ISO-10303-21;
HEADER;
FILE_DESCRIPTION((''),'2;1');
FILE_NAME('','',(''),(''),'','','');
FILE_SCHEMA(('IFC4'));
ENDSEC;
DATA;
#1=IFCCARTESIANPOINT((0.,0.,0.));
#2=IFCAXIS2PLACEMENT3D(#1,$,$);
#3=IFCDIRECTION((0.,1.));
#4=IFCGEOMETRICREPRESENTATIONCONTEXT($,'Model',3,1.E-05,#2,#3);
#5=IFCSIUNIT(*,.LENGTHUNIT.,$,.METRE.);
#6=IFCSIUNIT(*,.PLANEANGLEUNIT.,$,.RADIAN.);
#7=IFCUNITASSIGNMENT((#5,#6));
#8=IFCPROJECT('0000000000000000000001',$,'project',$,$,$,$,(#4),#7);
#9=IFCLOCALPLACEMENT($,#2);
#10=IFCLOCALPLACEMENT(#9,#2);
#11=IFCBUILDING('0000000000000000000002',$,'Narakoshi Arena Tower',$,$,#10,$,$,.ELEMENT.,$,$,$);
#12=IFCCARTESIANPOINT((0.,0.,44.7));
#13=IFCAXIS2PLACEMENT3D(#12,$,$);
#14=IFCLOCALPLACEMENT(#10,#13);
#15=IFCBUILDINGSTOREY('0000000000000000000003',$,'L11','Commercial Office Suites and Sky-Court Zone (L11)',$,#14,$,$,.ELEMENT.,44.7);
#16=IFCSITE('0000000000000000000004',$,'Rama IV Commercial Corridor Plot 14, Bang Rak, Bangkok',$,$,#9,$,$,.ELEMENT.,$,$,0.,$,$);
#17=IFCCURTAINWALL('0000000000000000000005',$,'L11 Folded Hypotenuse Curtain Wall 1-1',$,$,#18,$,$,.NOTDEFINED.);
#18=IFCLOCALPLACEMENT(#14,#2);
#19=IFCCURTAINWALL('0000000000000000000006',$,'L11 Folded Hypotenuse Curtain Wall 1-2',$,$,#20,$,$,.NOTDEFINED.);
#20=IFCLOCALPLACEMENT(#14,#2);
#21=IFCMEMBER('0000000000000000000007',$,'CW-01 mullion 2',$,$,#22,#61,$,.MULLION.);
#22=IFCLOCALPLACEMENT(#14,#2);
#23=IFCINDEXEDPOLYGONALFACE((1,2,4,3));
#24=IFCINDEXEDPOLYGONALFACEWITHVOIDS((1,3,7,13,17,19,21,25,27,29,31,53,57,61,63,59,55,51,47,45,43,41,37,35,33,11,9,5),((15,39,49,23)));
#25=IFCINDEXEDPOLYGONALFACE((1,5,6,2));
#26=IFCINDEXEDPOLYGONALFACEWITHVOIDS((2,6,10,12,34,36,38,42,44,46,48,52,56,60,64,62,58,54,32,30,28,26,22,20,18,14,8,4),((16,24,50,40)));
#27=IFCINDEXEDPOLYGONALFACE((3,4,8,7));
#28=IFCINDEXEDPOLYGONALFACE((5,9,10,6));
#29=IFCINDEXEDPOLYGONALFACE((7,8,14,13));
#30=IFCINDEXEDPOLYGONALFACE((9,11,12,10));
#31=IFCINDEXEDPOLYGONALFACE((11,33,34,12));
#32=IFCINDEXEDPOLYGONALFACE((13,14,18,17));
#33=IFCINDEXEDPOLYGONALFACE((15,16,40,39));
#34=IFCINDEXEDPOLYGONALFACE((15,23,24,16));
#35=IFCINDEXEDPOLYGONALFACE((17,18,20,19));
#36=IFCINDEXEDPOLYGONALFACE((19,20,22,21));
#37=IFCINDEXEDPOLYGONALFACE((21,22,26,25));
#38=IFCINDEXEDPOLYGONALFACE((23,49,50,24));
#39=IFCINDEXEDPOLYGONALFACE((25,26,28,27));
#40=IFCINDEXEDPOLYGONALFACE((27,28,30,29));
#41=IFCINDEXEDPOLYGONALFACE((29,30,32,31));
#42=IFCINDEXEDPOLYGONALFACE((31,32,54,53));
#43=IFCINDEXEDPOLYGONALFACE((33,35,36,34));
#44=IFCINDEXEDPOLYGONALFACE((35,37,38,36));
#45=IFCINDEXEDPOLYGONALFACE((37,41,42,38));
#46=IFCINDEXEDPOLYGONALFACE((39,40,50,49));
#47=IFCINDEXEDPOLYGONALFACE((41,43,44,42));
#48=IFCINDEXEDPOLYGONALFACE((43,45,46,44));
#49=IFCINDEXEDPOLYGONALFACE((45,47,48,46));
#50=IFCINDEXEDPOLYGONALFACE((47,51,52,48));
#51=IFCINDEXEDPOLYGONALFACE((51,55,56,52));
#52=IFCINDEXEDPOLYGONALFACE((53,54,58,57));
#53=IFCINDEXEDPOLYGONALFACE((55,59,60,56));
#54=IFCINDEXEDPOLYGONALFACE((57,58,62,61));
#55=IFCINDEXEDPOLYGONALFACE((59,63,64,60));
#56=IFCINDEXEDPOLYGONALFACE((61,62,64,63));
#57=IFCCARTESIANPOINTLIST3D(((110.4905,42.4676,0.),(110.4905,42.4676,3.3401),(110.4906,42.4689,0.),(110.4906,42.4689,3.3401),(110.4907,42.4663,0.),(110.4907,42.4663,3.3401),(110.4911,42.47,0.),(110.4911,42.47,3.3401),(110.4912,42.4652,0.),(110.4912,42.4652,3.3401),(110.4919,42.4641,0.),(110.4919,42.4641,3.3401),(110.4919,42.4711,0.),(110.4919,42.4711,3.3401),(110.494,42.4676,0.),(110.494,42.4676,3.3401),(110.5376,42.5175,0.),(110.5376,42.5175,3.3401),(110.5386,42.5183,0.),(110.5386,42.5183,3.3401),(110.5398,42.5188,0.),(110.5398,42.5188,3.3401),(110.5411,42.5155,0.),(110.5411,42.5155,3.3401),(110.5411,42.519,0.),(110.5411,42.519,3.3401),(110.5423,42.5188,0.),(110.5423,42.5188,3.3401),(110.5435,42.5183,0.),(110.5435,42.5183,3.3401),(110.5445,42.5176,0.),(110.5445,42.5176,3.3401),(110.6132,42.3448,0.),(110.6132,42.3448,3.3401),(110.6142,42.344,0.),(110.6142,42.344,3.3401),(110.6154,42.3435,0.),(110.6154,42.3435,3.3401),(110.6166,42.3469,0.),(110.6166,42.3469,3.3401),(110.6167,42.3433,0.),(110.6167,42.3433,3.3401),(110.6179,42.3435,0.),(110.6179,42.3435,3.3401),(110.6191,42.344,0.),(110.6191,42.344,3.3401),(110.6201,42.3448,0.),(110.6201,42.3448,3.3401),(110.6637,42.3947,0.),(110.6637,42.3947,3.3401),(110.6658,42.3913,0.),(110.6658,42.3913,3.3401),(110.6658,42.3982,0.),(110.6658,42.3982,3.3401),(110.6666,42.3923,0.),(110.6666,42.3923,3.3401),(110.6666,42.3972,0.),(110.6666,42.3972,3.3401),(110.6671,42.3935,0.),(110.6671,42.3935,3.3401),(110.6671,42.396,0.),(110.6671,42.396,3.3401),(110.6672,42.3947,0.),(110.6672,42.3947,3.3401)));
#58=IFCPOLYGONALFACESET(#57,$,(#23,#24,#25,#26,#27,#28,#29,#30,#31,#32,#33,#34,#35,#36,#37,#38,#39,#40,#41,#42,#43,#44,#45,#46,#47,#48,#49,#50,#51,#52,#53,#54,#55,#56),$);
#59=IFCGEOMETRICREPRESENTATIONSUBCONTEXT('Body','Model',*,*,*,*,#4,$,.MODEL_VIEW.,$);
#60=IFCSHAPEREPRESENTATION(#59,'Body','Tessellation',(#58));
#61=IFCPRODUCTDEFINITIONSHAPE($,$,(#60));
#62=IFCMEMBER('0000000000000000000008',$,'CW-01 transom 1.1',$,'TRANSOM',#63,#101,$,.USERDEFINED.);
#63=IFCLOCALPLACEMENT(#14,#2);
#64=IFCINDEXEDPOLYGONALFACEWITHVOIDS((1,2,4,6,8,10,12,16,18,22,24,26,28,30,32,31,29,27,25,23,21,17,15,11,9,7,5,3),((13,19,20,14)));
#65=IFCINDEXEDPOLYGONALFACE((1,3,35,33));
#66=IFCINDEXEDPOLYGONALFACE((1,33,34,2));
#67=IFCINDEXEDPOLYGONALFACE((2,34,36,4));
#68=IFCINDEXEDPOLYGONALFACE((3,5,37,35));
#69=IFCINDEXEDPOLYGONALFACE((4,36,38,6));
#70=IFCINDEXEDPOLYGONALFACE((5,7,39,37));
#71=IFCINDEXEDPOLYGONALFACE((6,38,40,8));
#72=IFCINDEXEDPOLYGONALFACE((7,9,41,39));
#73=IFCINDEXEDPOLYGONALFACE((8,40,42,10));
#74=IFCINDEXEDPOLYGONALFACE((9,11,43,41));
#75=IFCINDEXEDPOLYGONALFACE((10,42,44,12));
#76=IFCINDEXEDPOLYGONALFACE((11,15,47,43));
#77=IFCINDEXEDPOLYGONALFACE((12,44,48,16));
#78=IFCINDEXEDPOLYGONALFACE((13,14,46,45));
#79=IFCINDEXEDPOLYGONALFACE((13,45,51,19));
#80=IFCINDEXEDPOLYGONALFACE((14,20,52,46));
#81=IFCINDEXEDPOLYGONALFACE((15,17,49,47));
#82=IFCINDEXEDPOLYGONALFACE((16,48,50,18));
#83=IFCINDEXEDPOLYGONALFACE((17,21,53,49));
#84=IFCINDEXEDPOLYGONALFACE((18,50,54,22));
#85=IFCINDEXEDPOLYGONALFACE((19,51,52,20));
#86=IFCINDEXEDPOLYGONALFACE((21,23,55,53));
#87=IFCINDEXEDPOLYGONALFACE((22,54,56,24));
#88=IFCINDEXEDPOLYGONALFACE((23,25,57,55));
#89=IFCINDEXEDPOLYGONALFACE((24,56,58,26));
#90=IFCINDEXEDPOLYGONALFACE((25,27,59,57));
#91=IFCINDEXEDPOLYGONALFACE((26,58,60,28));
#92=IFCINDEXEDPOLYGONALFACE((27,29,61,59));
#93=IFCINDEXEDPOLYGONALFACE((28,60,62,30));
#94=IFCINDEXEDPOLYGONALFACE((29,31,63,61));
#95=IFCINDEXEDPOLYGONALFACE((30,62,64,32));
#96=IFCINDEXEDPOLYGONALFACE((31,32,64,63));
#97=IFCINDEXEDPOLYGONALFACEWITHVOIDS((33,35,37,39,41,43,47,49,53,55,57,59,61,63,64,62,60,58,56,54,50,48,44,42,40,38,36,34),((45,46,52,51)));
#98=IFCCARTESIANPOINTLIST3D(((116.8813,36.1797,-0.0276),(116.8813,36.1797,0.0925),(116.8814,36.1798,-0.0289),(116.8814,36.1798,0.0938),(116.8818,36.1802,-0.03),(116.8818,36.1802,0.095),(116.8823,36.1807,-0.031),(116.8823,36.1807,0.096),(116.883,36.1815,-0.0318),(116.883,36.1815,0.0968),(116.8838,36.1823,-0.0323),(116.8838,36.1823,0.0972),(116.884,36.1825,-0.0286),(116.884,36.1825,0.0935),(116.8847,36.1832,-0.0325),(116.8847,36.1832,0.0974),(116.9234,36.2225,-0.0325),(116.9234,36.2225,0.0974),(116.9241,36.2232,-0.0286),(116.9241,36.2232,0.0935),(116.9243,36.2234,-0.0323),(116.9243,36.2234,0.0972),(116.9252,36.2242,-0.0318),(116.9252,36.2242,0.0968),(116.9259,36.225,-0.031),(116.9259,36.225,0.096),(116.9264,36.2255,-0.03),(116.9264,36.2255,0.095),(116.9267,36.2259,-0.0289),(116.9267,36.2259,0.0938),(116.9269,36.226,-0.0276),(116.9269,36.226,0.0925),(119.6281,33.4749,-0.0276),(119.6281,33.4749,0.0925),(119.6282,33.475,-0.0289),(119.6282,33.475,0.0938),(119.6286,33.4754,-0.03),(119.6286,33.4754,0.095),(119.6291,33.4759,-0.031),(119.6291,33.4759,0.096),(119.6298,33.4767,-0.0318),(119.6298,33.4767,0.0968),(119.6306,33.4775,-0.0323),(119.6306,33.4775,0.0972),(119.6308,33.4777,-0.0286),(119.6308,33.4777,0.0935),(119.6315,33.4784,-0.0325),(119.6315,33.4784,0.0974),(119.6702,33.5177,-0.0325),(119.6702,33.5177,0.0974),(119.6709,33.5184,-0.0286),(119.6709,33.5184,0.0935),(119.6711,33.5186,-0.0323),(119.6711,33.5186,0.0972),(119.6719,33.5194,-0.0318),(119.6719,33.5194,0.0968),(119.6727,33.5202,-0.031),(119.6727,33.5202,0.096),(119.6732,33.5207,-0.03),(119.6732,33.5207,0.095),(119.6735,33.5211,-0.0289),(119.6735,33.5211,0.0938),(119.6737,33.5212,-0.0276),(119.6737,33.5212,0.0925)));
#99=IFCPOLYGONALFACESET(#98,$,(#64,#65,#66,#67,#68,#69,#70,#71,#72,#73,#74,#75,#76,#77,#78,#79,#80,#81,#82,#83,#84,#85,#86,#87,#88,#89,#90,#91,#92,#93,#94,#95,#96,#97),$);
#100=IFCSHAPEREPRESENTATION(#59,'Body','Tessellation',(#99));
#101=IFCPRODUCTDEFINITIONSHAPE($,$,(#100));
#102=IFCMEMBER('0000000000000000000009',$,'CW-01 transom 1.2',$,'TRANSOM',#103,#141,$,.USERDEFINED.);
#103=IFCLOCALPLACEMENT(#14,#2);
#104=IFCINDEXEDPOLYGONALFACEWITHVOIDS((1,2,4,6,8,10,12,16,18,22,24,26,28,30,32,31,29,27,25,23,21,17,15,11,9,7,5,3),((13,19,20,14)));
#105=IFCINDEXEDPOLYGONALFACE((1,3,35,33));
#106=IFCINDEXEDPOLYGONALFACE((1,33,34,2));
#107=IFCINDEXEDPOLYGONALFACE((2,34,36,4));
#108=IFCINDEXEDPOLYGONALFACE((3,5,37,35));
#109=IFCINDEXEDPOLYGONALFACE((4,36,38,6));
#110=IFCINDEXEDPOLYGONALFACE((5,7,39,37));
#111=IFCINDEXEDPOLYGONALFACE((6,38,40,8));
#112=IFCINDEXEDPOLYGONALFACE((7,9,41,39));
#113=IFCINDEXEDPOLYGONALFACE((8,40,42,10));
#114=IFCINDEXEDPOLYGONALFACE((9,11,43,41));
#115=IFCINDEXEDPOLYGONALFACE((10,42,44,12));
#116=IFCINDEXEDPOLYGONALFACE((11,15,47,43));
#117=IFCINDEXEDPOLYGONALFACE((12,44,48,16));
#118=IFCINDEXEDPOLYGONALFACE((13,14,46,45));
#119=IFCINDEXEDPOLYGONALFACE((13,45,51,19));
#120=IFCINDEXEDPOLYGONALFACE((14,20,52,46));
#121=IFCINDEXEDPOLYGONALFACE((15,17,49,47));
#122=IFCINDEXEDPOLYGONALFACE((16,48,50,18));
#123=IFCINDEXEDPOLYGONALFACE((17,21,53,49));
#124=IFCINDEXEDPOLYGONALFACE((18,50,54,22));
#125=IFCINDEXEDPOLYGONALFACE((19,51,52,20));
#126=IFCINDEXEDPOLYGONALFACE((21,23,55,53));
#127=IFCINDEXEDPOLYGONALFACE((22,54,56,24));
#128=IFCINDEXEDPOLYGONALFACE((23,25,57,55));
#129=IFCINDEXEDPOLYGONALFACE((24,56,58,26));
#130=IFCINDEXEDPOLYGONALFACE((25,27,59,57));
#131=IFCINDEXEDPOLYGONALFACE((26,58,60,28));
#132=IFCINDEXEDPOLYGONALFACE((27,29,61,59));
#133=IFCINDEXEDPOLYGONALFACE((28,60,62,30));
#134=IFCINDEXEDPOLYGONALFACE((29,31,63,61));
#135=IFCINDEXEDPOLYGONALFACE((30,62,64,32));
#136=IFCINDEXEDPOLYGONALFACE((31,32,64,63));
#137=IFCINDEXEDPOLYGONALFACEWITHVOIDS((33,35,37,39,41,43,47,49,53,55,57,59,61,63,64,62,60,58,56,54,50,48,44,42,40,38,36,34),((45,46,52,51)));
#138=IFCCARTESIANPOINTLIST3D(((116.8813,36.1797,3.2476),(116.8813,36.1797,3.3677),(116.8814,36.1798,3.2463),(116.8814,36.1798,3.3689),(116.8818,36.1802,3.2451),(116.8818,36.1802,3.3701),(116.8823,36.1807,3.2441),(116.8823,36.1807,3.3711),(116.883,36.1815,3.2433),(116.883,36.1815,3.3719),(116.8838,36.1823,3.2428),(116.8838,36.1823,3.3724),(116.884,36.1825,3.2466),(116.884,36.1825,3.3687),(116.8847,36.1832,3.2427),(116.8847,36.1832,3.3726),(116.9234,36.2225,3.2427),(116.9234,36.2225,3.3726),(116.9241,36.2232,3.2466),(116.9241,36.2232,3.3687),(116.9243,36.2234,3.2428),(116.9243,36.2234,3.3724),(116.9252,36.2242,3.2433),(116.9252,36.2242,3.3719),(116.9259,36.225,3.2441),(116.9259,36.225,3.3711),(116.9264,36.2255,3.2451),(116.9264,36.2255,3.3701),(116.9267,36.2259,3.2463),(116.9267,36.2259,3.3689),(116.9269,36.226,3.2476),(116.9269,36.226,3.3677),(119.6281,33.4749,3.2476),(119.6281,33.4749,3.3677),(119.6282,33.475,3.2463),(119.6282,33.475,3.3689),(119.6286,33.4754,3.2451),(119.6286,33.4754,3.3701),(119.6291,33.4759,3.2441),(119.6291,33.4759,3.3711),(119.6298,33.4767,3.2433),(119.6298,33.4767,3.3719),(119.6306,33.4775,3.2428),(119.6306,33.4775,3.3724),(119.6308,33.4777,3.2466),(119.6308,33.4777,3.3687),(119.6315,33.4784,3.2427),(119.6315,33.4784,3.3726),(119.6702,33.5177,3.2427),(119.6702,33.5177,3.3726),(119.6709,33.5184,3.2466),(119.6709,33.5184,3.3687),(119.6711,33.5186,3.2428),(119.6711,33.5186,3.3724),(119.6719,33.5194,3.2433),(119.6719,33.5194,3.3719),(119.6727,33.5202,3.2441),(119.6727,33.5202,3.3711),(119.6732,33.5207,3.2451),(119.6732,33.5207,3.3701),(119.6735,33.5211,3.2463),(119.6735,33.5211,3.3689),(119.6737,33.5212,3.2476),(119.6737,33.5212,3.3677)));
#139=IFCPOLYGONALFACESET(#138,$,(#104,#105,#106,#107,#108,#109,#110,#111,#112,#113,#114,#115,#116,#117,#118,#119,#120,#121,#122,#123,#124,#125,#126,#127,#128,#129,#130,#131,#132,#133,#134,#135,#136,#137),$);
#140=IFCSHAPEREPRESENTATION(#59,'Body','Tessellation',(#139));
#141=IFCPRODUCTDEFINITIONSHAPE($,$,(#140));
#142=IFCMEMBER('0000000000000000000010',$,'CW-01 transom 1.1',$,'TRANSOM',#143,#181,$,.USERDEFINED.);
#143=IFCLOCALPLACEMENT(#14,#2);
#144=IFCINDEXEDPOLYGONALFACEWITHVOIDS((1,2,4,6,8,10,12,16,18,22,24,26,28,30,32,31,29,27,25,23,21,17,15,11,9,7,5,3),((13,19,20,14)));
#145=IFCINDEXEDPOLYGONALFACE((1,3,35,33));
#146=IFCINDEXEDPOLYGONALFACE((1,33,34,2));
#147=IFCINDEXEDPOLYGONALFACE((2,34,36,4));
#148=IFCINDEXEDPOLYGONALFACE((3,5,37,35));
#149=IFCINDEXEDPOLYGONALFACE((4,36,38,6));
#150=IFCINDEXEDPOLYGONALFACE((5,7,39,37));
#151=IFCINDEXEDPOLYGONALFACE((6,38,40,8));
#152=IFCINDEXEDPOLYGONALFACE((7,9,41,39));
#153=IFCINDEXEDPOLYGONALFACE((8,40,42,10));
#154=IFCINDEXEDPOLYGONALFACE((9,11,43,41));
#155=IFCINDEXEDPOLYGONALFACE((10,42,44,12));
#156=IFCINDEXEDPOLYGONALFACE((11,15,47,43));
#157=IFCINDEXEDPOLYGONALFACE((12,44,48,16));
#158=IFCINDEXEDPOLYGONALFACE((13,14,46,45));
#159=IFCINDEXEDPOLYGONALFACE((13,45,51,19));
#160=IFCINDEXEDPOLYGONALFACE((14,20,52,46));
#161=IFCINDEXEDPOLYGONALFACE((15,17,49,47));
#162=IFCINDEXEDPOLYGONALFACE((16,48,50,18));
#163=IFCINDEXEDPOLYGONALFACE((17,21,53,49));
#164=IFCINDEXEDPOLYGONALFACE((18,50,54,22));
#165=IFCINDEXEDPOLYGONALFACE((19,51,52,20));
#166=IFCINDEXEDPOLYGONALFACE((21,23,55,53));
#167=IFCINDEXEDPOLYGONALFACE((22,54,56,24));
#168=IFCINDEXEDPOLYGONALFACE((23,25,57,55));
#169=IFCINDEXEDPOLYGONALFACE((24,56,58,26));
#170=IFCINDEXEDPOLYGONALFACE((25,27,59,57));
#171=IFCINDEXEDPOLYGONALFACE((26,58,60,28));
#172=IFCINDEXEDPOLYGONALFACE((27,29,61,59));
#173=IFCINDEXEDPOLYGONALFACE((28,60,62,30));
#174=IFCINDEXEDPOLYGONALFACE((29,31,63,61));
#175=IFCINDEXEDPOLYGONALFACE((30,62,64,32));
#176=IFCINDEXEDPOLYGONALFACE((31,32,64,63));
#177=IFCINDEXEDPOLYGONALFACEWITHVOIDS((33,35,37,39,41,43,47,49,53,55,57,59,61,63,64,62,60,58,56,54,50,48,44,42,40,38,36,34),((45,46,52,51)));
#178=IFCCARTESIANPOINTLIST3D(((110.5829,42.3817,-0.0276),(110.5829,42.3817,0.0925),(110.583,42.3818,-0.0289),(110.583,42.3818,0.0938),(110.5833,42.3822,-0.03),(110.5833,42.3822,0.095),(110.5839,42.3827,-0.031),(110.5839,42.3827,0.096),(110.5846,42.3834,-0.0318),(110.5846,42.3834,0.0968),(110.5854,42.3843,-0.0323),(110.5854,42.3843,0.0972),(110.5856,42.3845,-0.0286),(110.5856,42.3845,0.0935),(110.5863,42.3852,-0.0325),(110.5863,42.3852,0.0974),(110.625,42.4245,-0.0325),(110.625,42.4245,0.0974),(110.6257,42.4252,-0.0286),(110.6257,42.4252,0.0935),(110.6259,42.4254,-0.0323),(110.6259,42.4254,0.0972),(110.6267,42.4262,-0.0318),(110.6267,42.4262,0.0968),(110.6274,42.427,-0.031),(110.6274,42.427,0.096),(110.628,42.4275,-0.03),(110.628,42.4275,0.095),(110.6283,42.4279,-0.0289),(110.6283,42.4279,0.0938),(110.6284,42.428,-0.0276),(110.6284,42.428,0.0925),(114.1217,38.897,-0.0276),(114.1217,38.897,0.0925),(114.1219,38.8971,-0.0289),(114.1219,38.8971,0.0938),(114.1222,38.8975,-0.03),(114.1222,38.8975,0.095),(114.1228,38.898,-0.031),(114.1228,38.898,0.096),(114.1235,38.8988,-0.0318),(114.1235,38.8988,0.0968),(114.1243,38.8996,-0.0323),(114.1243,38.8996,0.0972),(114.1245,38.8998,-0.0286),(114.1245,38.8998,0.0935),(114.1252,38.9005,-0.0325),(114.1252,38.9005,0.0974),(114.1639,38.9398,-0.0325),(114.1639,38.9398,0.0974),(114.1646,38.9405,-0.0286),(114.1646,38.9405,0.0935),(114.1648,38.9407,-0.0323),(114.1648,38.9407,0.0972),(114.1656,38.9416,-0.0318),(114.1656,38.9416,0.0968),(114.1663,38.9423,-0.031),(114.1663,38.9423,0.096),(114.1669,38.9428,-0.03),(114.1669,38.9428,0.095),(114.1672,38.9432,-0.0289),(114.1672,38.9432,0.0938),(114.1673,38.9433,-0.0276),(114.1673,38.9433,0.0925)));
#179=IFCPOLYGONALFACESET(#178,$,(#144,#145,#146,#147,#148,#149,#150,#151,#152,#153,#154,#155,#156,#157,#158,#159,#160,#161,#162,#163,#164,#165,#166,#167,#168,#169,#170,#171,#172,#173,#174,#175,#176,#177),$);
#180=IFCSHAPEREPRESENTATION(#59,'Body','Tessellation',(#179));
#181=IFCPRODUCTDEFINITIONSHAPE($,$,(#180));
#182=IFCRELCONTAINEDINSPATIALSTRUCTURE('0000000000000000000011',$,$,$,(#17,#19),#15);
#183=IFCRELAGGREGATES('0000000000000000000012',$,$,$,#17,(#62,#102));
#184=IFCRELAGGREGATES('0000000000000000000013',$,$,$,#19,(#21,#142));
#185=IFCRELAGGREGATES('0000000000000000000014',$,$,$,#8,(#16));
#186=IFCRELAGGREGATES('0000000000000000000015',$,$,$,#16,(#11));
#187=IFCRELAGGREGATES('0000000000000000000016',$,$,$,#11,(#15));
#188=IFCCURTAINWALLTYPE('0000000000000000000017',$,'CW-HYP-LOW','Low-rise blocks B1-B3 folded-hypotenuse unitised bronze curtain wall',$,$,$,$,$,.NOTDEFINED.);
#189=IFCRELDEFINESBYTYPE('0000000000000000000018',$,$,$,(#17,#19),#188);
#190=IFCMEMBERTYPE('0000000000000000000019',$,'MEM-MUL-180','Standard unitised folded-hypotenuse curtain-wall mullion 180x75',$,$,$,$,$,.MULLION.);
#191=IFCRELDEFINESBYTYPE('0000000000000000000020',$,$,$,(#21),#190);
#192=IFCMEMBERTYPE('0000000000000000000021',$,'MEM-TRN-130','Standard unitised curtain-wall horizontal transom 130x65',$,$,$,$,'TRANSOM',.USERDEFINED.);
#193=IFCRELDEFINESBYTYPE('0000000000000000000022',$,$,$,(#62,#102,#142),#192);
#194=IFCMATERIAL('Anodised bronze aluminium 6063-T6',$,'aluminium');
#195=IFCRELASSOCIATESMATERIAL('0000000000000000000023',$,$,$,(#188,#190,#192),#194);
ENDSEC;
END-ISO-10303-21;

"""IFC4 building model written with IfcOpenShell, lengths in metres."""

from ifc_helpers import new_model, si_unit, direction, frame, origin, origin_2d, place, context, subcontext, project, spatial, hollow_rectangle, extrude, material, material_profile, profile_set, type_object, element, aggregate, save


model = new_model("IFC4")

# Units and contexts
model_context = context("Model", 3, precision=1e-05, world=origin(), true_north=direction((0.0, 1.0)))
body_context = subcontext(model_context, "Body", "Model", "MODEL_VIEW")
ifc_project = project(units=[si_unit("LENGTHUNIT", "METRE"), si_unit("PLANEANGLEUNIT", "RADIAN")], contexts=[model_context])

# Site, building, storey
site_placement = place(None, origin())
site = spatial("IfcSite", under=ifc_project, at=site_placement, Name="Rama IV Commercial Corridor Plot 14, Bang Rak, Bangkok", CompositionType="ELEMENT", RefElevation=0.0)
building_placement = place(site_placement, origin())
building = spatial("IfcBuilding", under=site, at=building_placement, Name="Narakoshi Arena Tower", CompositionType="ELEMENT")
storey_placement = place(building_placement, frame((0.0, 0.0, 44.7)))
storey = spatial("IfcBuildingStorey", under=building, at=storey_placement, Name="L11", Description="Commercial Office Suites and Sky-Court Zone (L11)", CompositionType="ELEMENT", Elevation=44.7)

# Curtain walls, member
ifc_material_1 = material(Name="Anodised bronze aluminium 6063-T6", Category="aluminium")
curtain_wall_type = type_object("IfcCurtainWallType", Name="CW-HYP-LOW", Description="Low-rise blocks B1-B3 folded-hypotenuse unitised bronze curtain wall", PredefinedType="NOTDEFINED", material=ifc_material_1)
curtain_wall_1_placement = place(storey_placement, origin())
curtain_wall_1 = element("IfcCurtainWall", 1, at=curtain_wall_1_placement, inside=storey, type_object=curtain_wall_type, Name="L11 Folded Hypotenuse Curtain Wall 1-1", PredefinedType="NOTDEFINED")
ifc_material_profile_1 = material_profile(ifc_material_1, hollow_rectangle(XDim=0.075, YDim=0.1799, WallThickness=0.0039, OuterFilletRadius=0.0049, at=origin_2d()), Name="MUL180x75x4")
ifc_profile_set_1 = profile_set([ifc_material_profile_1], Name="Anodised bronze aluminium 6063-T6")
member_type_1 = type_object("IfcMemberType", Name="MEM-MUL-180", Description="Standard unitised folded-hypotenuse curtain-wall mullion 180x75", PredefinedType="MULLION", material=ifc_profile_set_1)
curtain_wall_2_placement = place(storey_placement, origin())
curtain_wall_2 = element("IfcCurtainWall", 2, at=curtain_wall_2_placement, inside=storey, type_object=curtain_wall_type, Name="L11 Folded Hypotenuse Curtain Wall 1-2", PredefinedType="NOTDEFINED")
member_1_placement = place(storey_placement, frame((110.5789, 42.4312, 0.0), z_axis=(0.0, 0.0, 1.0), x_axis=(-0.701623, -0.712548, 0.0)))
member_1 = element("IfcMember", 3, at=member_1_placement, type_object=member_type_1, Name="CW-01 mullion 2", PredefinedType="MULLION", context=body_context, shape_type="SweptSolid", body=[
    extrude(hollow_rectangle(XDim=0.075, YDim=0.1799, WallThickness=0.0039, OuterFilletRadius=0.0049, at=origin_2d()), origin(), (0.0, 0.0, 1.0), 3.3401),
])

# Members
ifc_material_profile_2 = material_profile(ifc_material_1, hollow_rectangle(XDim=0.0649, YDim=0.1299, WallThickness=0.0039, OuterFilletRadius=0.0049, at=origin_2d()), Name="TRN130x65x4")
ifc_profile_set_2 = profile_set([ifc_material_profile_2], Name="Anodised bronze aluminium 6063-T6")
member_type_2 = type_object("IfcMemberType", Name="MEM-TRN-130", Description="Standard unitised curtain-wall horizontal transom 130x65", ElementType="TRANSOM", PredefinedType="USERDEFINED", material=ifc_profile_set_2)
member_2_placement = place(storey_placement, frame((119.6509, 33.498, 0.0325), z_axis=(-0.712532, 0.701639, 0.0), x_axis=(-0.701639, -0.712532, 0.0)))
member_2 = element("IfcMember", 4, at=member_2_placement, type_object=member_type_2, Name="CW-01 transom 1.1", ObjectType="TRANSOM", PredefinedType="USERDEFINED", context=body_context, shape_type="SweptSolid", body=[
    extrude(hollow_rectangle(XDim=0.0649, YDim=0.1299, WallThickness=0.0039, OuterFilletRadius=0.0049, at=origin_2d()), origin(), (0.0, 0.0, 1.0), 3.855),
])
member_3_placement = place(storey_placement, frame((119.6509, 33.498, 3.3076), z_axis=(-0.712532, 0.701639, 0.0), x_axis=(-0.701639, -0.712532, 0.0)))
member_3 = element("IfcMember", 5, at=member_3_placement, type_object=member_type_2, Name="CW-01 transom 1.2", ObjectType="TRANSOM", PredefinedType="USERDEFINED", context=body_context, shape_type="SweptSolid", body=[
    extrude(hollow_rectangle(XDim=0.0649, YDim=0.1299, WallThickness=0.0039, OuterFilletRadius=0.0049, at=origin_2d()), origin(), (0.0, 0.0, 1.0), 3.855),
])
member_4_placement = place(storey_placement, frame((114.1445, 38.9202, 0.0325), z_axis=(-0.712542, 0.701629, 0.0), x_axis=(-0.701629, -0.712542, 0.0)))
member_4 = element("IfcMember", 6, at=member_4_placement, type_object=member_type_2, Name="CW-01 transom 1.1", ObjectType="TRANSOM", PredefinedType="USERDEFINED", context=body_context, shape_type="SweptSolid", body=[
    extrude(hollow_rectangle(XDim=0.0649, YDim=0.1299, WallThickness=0.0039, OuterFilletRadius=0.0049, at=origin_2d()), origin(), (0.0, 0.0, 1.0), 4.9666),
])

aggregate(curtain_wall_1, [member_2, member_3])
aggregate(curtain_wall_2, [member_1, member_4])

save(model, "model.ifc")
